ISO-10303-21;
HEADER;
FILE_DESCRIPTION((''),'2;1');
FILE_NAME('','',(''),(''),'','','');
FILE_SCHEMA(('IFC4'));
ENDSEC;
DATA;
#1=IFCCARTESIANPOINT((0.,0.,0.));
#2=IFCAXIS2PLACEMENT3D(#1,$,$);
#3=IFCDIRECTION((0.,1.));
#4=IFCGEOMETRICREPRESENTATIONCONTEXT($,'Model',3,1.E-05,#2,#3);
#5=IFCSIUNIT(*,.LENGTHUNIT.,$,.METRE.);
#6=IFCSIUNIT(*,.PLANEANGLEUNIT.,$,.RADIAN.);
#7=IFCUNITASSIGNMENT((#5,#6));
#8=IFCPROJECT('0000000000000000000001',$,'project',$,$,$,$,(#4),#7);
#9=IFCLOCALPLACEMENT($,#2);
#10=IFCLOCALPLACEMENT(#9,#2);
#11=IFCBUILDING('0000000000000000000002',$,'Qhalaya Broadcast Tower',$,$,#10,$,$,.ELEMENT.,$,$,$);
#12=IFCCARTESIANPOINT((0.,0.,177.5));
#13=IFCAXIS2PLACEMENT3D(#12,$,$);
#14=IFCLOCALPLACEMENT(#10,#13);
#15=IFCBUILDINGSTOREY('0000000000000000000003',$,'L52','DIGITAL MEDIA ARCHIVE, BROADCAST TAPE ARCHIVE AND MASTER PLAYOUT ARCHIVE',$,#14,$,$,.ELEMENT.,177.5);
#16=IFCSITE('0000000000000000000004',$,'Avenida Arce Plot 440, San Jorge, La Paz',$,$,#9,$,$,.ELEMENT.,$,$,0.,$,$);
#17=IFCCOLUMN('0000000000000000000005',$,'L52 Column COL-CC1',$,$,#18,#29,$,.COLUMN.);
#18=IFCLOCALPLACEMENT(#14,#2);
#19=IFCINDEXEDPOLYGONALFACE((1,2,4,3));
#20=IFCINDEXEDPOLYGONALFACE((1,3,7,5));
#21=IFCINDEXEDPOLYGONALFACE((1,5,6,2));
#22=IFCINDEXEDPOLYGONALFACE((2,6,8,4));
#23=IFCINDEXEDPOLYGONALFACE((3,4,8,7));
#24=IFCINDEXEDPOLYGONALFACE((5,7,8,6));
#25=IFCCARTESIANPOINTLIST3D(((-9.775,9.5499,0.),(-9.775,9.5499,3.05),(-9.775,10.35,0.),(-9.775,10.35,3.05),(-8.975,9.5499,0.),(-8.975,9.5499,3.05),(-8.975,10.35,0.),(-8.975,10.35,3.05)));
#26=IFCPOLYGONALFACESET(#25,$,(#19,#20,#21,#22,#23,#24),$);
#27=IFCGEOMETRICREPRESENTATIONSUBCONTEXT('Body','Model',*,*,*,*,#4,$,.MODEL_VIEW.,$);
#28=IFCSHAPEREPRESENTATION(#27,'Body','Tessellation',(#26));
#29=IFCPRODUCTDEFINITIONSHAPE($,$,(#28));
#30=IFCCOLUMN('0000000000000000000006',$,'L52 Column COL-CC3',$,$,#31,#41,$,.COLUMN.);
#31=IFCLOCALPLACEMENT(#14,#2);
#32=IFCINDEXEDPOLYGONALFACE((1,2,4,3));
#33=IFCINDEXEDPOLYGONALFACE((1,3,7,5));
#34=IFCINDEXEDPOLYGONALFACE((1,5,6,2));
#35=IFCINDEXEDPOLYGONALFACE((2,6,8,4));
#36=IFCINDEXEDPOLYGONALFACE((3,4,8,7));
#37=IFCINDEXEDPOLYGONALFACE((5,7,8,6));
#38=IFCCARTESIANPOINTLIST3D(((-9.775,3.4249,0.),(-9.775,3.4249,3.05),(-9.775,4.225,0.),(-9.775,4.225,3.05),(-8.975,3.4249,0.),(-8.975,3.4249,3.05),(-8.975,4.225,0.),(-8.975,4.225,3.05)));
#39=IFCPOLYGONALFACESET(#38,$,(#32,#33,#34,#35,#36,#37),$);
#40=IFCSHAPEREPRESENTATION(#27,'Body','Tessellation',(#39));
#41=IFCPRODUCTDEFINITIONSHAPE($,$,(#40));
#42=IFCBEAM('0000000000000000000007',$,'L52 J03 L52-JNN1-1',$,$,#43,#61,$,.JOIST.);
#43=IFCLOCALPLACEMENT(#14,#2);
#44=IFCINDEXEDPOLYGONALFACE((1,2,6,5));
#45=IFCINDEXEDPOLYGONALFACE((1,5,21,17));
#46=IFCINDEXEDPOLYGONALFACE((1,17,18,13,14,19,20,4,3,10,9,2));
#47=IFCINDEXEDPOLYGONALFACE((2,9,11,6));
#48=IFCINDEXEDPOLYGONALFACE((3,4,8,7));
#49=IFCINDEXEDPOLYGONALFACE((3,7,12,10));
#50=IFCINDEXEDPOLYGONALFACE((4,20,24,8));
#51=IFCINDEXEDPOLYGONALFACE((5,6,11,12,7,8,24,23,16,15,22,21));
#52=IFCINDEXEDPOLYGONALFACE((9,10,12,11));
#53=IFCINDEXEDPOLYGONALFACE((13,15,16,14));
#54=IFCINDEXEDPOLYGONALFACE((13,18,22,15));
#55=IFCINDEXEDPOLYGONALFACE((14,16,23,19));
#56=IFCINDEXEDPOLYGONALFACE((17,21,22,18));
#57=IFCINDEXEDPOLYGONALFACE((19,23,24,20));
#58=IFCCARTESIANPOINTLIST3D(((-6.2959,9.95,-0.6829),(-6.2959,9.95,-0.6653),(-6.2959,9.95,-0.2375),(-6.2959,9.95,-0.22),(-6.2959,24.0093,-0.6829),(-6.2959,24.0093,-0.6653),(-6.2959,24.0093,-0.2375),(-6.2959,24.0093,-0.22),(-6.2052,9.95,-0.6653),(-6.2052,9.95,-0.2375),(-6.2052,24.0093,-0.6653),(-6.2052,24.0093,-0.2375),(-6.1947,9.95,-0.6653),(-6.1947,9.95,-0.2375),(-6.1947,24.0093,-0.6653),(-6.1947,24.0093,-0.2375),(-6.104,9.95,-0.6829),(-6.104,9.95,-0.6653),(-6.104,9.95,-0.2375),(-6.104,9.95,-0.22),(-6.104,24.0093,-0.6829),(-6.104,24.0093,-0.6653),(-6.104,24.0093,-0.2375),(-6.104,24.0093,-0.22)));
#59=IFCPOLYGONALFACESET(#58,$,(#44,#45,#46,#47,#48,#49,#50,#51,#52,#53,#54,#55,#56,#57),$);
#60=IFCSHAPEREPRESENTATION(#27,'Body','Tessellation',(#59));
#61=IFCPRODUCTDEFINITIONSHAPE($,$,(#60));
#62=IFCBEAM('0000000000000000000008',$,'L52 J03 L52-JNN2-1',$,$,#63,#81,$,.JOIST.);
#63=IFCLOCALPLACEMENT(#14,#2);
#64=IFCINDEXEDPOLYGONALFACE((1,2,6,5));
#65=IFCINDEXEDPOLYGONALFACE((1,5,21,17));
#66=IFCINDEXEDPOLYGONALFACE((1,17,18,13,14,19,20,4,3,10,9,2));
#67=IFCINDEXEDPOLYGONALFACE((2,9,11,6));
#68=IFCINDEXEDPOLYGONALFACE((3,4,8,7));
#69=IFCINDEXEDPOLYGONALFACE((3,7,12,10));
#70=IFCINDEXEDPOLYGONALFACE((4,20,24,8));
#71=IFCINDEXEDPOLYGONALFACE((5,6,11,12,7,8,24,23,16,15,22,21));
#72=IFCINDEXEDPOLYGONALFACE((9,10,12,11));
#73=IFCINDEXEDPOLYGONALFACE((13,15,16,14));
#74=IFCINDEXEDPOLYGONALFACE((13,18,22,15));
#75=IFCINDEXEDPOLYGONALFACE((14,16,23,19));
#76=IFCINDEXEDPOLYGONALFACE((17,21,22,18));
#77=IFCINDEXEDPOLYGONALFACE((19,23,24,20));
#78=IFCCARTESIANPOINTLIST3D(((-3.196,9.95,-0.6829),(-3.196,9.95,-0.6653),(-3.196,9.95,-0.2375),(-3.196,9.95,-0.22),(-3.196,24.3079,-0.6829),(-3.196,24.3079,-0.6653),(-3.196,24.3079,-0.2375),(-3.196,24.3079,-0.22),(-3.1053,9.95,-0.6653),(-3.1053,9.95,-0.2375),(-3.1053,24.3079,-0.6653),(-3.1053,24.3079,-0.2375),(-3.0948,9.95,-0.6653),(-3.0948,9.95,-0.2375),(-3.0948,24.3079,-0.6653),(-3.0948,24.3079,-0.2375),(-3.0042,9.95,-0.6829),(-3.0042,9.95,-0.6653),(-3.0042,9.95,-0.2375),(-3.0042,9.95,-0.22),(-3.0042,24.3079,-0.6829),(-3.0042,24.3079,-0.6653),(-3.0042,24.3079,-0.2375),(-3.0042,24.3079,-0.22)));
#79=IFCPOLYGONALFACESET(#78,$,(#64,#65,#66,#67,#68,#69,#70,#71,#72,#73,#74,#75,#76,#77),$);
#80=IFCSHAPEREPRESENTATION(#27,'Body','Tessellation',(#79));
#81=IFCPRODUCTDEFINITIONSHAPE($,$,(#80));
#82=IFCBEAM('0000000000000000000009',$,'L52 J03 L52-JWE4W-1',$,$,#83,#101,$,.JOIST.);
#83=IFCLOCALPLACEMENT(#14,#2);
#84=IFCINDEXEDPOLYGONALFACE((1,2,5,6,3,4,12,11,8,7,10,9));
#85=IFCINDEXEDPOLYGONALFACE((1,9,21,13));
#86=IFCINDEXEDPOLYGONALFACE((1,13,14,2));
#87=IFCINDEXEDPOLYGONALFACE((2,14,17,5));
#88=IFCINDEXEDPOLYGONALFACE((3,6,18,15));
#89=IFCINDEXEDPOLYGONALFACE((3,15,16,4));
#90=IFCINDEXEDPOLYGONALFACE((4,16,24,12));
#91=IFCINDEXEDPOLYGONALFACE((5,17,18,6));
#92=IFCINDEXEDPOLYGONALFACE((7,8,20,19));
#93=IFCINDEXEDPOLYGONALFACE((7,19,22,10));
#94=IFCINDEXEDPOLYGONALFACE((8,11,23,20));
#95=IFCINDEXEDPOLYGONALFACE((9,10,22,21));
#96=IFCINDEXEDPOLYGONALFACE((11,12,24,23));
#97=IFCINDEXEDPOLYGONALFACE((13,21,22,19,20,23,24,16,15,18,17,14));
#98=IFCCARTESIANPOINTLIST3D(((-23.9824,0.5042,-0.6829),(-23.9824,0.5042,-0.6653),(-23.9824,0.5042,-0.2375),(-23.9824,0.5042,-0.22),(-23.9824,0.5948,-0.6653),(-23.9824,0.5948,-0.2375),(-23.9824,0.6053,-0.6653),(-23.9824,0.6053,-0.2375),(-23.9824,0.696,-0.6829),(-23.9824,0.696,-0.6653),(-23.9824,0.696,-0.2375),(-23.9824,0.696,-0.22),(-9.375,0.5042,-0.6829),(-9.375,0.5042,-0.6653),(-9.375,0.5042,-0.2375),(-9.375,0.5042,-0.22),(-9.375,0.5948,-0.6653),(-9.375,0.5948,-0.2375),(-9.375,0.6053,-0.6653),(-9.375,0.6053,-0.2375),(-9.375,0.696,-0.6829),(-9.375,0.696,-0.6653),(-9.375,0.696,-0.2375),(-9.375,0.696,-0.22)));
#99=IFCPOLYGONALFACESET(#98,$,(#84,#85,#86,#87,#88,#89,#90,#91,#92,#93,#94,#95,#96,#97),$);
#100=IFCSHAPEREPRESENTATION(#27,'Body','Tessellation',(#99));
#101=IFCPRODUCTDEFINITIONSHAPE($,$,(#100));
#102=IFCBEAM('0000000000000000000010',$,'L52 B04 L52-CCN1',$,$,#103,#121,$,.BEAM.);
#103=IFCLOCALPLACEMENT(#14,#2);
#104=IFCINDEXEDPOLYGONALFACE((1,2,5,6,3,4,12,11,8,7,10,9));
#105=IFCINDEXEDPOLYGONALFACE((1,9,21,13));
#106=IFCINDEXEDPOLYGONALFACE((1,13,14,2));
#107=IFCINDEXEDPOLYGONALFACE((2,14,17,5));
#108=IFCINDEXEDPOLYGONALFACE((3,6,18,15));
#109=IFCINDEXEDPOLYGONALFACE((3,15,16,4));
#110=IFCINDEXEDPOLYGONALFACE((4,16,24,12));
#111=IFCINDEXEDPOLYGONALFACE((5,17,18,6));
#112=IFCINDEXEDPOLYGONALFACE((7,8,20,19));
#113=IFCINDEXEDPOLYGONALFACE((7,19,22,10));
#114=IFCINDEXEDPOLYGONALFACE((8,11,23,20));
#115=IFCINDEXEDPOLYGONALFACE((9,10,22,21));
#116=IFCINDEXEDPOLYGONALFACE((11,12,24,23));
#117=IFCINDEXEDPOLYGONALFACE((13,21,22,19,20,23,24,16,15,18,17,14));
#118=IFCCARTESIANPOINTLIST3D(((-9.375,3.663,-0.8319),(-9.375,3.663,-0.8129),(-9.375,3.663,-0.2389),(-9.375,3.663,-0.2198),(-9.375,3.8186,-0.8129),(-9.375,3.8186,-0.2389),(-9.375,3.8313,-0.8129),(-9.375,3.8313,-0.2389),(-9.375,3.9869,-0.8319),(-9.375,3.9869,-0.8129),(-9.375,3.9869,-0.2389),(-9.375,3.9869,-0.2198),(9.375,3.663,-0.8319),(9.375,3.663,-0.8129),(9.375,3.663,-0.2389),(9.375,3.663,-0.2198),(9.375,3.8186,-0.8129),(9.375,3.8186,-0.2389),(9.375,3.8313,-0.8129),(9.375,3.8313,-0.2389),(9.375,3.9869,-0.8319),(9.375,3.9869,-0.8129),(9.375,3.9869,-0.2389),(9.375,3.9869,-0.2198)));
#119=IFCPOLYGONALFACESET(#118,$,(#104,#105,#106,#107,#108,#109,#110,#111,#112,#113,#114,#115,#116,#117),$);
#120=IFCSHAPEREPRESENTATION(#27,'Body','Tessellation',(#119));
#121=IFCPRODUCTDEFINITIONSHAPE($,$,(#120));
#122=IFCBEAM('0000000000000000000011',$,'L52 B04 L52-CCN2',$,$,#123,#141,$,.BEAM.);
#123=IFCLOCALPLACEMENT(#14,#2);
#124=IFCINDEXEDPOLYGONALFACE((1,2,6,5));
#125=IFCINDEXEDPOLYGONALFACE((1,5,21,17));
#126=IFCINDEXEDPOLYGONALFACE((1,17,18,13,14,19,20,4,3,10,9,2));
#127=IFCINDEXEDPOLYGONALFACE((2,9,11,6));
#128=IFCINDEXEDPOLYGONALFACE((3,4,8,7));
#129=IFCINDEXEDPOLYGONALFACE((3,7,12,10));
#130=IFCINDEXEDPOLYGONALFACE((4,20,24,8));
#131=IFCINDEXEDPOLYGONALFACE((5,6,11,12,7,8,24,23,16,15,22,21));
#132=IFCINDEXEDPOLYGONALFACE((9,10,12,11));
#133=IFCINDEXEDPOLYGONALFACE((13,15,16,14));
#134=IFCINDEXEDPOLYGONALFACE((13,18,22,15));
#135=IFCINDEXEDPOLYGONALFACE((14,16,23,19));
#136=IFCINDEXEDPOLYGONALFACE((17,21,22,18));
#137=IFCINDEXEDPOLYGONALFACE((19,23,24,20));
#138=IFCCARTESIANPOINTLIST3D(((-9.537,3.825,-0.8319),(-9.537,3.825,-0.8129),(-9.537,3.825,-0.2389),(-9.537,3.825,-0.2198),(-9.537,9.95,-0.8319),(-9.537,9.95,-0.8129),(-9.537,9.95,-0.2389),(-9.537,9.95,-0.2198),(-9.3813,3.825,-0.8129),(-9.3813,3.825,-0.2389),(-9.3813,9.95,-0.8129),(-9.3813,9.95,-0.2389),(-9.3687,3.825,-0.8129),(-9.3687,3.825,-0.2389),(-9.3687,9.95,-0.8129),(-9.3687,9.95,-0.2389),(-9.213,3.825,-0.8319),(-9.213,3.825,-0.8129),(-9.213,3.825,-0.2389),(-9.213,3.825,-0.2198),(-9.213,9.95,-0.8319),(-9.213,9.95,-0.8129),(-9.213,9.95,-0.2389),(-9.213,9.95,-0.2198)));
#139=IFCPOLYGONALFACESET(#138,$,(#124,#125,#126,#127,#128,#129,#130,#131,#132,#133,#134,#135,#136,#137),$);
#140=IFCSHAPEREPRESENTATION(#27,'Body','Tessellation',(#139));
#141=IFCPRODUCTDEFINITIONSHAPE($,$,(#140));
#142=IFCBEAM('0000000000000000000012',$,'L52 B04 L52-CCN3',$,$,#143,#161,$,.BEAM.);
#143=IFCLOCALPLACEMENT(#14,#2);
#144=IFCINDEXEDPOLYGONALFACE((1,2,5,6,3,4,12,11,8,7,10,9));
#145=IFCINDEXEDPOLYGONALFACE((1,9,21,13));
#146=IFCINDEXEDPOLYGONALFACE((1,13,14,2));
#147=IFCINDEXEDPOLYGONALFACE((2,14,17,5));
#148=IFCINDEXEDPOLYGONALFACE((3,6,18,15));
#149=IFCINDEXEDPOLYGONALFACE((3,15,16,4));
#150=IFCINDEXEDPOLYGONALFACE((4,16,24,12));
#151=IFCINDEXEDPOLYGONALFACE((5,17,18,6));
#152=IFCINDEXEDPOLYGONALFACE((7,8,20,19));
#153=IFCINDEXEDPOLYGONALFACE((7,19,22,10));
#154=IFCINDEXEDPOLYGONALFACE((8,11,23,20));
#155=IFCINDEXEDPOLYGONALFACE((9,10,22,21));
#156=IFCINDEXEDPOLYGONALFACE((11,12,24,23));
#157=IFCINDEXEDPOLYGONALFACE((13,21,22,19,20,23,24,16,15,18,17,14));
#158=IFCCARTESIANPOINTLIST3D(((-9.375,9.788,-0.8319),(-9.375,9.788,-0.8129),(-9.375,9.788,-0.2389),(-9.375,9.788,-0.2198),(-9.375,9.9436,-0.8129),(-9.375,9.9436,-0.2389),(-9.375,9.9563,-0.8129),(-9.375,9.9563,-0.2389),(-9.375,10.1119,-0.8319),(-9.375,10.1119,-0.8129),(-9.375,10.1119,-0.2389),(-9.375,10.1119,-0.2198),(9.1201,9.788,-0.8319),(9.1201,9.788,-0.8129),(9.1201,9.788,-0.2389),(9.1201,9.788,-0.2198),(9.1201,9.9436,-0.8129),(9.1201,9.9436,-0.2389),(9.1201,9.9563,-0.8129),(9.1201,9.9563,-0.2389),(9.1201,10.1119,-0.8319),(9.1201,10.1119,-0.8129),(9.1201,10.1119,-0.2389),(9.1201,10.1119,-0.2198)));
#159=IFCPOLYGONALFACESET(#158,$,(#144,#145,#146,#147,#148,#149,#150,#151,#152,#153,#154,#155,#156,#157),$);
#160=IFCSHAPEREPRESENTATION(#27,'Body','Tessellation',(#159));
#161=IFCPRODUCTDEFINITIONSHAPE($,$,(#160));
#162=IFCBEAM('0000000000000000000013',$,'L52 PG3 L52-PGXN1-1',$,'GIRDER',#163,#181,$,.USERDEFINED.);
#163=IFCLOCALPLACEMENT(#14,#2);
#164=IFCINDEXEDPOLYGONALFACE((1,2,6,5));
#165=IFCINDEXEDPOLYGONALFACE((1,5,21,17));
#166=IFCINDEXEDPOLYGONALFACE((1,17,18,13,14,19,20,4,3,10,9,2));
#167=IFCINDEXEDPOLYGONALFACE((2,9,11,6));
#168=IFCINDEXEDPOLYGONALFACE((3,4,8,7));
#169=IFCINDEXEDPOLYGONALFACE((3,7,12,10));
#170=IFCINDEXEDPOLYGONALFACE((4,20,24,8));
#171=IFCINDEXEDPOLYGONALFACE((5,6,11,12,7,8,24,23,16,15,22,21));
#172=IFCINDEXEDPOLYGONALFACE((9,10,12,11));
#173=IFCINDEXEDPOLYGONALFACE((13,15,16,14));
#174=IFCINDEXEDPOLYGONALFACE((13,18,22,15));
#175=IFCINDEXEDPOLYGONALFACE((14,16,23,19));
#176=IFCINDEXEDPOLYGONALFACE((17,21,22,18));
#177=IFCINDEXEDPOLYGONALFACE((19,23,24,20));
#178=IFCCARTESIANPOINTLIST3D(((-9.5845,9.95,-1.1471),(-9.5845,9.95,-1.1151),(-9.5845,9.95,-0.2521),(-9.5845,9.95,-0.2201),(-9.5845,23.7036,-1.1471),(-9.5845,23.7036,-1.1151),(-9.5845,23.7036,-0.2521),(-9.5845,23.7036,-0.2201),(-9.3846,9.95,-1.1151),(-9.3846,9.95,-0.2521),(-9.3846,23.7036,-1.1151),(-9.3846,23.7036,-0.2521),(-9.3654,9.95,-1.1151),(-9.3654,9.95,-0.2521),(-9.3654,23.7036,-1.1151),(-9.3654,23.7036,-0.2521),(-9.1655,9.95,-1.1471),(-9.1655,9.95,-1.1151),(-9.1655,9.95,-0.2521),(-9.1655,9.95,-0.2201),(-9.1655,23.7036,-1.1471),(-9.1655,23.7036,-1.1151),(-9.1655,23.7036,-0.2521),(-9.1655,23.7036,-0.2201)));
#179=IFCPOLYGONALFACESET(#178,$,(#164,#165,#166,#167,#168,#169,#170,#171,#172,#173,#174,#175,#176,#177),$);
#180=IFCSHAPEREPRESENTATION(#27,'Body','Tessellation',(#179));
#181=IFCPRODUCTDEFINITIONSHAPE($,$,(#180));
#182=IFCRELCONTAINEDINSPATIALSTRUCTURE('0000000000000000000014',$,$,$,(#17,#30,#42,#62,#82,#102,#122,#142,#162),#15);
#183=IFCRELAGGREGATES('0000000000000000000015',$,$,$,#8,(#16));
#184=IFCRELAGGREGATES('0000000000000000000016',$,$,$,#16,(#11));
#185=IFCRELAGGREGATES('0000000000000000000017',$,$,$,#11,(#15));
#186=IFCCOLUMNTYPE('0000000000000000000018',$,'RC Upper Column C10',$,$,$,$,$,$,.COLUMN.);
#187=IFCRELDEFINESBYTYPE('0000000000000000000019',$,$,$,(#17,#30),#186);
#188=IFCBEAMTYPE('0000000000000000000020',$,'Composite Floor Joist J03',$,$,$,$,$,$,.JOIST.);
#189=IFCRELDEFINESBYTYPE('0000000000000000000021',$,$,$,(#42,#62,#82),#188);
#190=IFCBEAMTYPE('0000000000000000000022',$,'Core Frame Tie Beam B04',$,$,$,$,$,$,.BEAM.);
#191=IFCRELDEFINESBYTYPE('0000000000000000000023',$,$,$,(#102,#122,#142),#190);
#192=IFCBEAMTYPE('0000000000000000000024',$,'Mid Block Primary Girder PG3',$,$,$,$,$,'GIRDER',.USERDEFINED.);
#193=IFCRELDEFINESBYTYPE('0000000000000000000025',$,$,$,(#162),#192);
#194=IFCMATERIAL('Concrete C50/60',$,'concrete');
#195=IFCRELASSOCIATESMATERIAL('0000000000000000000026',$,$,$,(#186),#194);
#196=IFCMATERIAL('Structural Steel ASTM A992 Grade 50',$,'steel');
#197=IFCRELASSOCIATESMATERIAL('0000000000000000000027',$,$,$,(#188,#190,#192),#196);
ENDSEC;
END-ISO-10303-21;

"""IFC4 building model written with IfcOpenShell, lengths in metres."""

from ifc_helpers import new_model, si_unit, direction, frame, origin, origin_2d, place, context, subcontext, project, spatial, rectangle, i_section, extrude, material, material_profile, profile_set, type_object, element, save


model = new_model("IFC4")

# Units and contexts
model_context = context("Model", 3, precision=1e-05, world=origin(), true_north=direction((0.0, 1.0)))
body_context = subcontext(model_context, "Body", "Model", "MODEL_VIEW")
ifc_project = project(units=[si_unit("LENGTHUNIT", "METRE"), si_unit("PLANEANGLEUNIT", "RADIAN")], contexts=[model_context])

# Site, building, storey
site_placement = place(None, origin())
site = spatial("IfcSite", under=ifc_project, at=site_placement, Name="Avenida Arce Plot 440, San Jorge, La Paz", CompositionType="ELEMENT", RefElevation=0.0)
building_placement = place(site_placement, origin())
building = spatial("IfcBuilding", under=site, at=building_placement, Name="Qhalaya Broadcast Tower", CompositionType="ELEMENT")
storey_placement = place(building_placement, frame((0.0, 0.0, 177.5)))
storey = spatial("IfcBuildingStorey", under=building, at=storey_placement, Name="L52", Description="DIGITAL MEDIA ARCHIVE, BROADCAST TAPE ARCHIVE AND MASTER PLAYOUT ARCHIVE", CompositionType="ELEMENT", Elevation=177.5)

# Columns
ifc_material_1 = material(Name="Concrete C50/60", Category="concrete")
ifc_material_profile_1 = material_profile(ifc_material_1, rectangle(XDim=0.8, YDim=0.8, at=origin_2d()), Name="RC-COL 800x800")
ifc_profile_set_1 = profile_set([ifc_material_profile_1], Name="Concrete C50/60")
column_type = type_object("IfcColumnType", Name="RC Upper Column C10", PredefinedType="COLUMN", material=ifc_profile_set_1)
for number, where, z_axis, x_axis, name in (
    (1, (-9.375, 9.95, 0.0), (0.0, 0.0, 1.0), (1.0, 0.0, 0.0), "L52 Column COL-CC1"),
    (2, (-9.375, 3.825, 0.0), (0.0, 0.0, 1.0), (1.0, 0.0, 0.0), "L52 Column COL-CC3"),
):
    element("IfcColumn", number, at=place(storey_placement, frame(where, z_axis=z_axis, x_axis=x_axis)), inside=storey, type_object=column_type, Name=name, PredefinedType="COLUMN", context=body_context, shape_type="SweptSolid", body=[
        extrude(rectangle(XDim=0.8, YDim=0.8, at=origin_2d()), origin(), (0.0, 0.0, 1.0), 3.05),
    ])

# Beams
ifc_material_2 = material(Name="Structural Steel ASTM A992 Grade 50", Category="steel")
ifc_material_profile_2 = material_profile(ifc_material_2, i_section(OverallWidth=0.1919, OverallDepth=0.4629, WebThickness=0.0105, FlangeThickness=0.0176, at=origin_2d()), Name="W18X60")
ifc_profile_set_2 = profile_set([ifc_material_profile_2], Name="Structural Steel ASTM A992 Grade 50")
beam_type_1 = type_object("IfcBeamType", Name="Composite Floor Joist J03", PredefinedType="JOIST", material=ifc_profile_set_2)
beam_1_placement = place(storey_placement, frame((-6.2, 9.95, -0.4514), z_axis=(0.0, 1.0, 0.0), x_axis=(-1.0, 0.0, 0.0)))
element("IfcBeam", 3, at=beam_1_placement, inside=storey, type_object=beam_type_1, Name="L52 J03 L52-JNN1-1", PredefinedType="JOIST", context=body_context, shape_type="SweptSolid", body=[
    extrude(i_section(OverallWidth=0.1919, OverallDepth=0.4629, WebThickness=0.0105, FlangeThickness=0.0176, at=origin_2d()), origin(), (0.0, 0.0, 1.0), 14.0593),
])
beam_2_placement = place(storey_placement, frame((-3.1001, 9.95, -0.4514), z_axis=(0.0, 1.0, 0.0), x_axis=(-1.0, 0.0, 0.0)))
element("IfcBeam", 4, at=beam_2_placement, inside=storey, type_object=beam_type_1, Name="L52 J03 L52-JNN2-1", PredefinedType="JOIST", context=body_context, shape_type="SweptSolid", body=[
    extrude(i_section(OverallWidth=0.1919, OverallDepth=0.4629, WebThickness=0.0105, FlangeThickness=0.0176, at=origin_2d()), origin(), (0.0, 0.0, 1.0), 14.3579),
])
beam_3_placement = place(storey_placement, frame((-23.9824, 0.6001, -0.4514), z_axis=(1.0, 0.0, 0.0), x_axis=(0.0, 1.0, 0.0)))
element("IfcBeam", 5, at=beam_3_placement, inside=storey, type_object=beam_type_1, Name="L52 J03 L52-JWE4W-1", PredefinedType="JOIST", context=body_context, shape_type="SweptSolid", body=[
    extrude(i_section(OverallWidth=0.1919, OverallDepth=0.4629, WebThickness=0.0105, FlangeThickness=0.0176, at=origin_2d()), origin(), (0.0, 0.0, 1.0), 14.6074),
])
ifc_material_profile_3 = material_profile(ifc_material_2, i_section(OverallWidth=0.324, OverallDepth=0.6121, WebThickness=0.0127, FlangeThickness=0.019, at=origin_2d()), Name="W24X104")
ifc_profile_set_3 = profile_set([ifc_material_profile_3], Name="Structural Steel ASTM A992 Grade 50")
beam_type_2 = type_object("IfcBeamType", Name="Core Frame Tie Beam B04", PredefinedType="BEAM", material=ifc_profile_set_3)
beam_4_placement = place(storey_placement, frame((-9.375, 3.825, -0.5259), z_axis=(1.0, 0.0, 0.0), x_axis=(0.0, 1.0, 0.0)))
element("IfcBeam", 6, at=beam_4_placement, inside=storey, type_object=beam_type_2, Name="L52 B04 L52-CCN1", PredefinedType="BEAM", context=body_context, shape_type="SweptSolid", body=[
    extrude(i_section(OverallWidth=0.324, OverallDepth=0.6121, WebThickness=0.0127, FlangeThickness=0.019, at=origin_2d()), origin(), (0.0, 0.0, 1.0), 18.75),
])
beam_5_placement = place(storey_placement, frame((-9.375, 3.825, -0.5259), z_axis=(0.0, 1.0, 0.0), x_axis=(-1.0, 0.0, 0.0)))
element("IfcBeam", 7, at=beam_5_placement, inside=storey, type_object=beam_type_2, Name="L52 B04 L52-CCN2", PredefinedType="BEAM", context=body_context, shape_type="SweptSolid", body=[
    extrude(i_section(OverallWidth=0.324, OverallDepth=0.6121, WebThickness=0.0127, FlangeThickness=0.019, at=origin_2d()), origin(), (0.0, 0.0, 1.0), 6.125),
])
beam_6_placement = place(storey_placement, frame((-9.375, 9.95, -0.5259), z_axis=(1.0, 0.0, 0.0), x_axis=(0.0, 1.0, 0.0)))
element("IfcBeam", 8, at=beam_6_placement, inside=storey, type_object=beam_type_2, Name="L52 B04 L52-CCN3", PredefinedType="BEAM", context=body_context, shape_type="SweptSolid", body=[
    extrude(i_section(OverallWidth=0.324, OverallDepth=0.6121, WebThickness=0.0127, FlangeThickness=0.019, at=origin_2d()), origin(), (0.0, 0.0, 1.0), 18.4951),
])
ifc_material_profile_4 = material_profile(ifc_material_2, i_section(OverallWidth=0.4189, OverallDepth=0.927, WebThickness=0.0193, FlangeThickness=0.032, at=origin_2d()), Name="W36X231")
ifc_profile_set_4 = profile_set([ifc_material_profile_4], Name="Structural Steel ASTM A992 Grade 50")
beam_type_3 = type_object("IfcBeamType", Name="Mid Block Primary Girder PG3", ElementType="GIRDER", PredefinedType="USERDEFINED", material=ifc_profile_set_4)
beam_7_placement = place(storey_placement, frame((-9.375, 9.95, -0.6836), z_axis=(0.0, 1.0, 0.0), x_axis=(-1.0, 0.0, 0.0)))
element("IfcBeam", 9, at=beam_7_placement, inside=storey, type_object=beam_type_3, Name="L52 PG3 L52-PGXN1-1", ObjectType="GIRDER", PredefinedType="USERDEFINED", context=body_context, shape_type="SweptSolid", body=[
    extrude(i_section(OverallWidth=0.4189, OverallDepth=0.927, WebThickness=0.0193, FlangeThickness=0.032, at=origin_2d()), origin(), (0.0, 0.0, 1.0), 13.7537),
])

save(model, "model.ifc")
